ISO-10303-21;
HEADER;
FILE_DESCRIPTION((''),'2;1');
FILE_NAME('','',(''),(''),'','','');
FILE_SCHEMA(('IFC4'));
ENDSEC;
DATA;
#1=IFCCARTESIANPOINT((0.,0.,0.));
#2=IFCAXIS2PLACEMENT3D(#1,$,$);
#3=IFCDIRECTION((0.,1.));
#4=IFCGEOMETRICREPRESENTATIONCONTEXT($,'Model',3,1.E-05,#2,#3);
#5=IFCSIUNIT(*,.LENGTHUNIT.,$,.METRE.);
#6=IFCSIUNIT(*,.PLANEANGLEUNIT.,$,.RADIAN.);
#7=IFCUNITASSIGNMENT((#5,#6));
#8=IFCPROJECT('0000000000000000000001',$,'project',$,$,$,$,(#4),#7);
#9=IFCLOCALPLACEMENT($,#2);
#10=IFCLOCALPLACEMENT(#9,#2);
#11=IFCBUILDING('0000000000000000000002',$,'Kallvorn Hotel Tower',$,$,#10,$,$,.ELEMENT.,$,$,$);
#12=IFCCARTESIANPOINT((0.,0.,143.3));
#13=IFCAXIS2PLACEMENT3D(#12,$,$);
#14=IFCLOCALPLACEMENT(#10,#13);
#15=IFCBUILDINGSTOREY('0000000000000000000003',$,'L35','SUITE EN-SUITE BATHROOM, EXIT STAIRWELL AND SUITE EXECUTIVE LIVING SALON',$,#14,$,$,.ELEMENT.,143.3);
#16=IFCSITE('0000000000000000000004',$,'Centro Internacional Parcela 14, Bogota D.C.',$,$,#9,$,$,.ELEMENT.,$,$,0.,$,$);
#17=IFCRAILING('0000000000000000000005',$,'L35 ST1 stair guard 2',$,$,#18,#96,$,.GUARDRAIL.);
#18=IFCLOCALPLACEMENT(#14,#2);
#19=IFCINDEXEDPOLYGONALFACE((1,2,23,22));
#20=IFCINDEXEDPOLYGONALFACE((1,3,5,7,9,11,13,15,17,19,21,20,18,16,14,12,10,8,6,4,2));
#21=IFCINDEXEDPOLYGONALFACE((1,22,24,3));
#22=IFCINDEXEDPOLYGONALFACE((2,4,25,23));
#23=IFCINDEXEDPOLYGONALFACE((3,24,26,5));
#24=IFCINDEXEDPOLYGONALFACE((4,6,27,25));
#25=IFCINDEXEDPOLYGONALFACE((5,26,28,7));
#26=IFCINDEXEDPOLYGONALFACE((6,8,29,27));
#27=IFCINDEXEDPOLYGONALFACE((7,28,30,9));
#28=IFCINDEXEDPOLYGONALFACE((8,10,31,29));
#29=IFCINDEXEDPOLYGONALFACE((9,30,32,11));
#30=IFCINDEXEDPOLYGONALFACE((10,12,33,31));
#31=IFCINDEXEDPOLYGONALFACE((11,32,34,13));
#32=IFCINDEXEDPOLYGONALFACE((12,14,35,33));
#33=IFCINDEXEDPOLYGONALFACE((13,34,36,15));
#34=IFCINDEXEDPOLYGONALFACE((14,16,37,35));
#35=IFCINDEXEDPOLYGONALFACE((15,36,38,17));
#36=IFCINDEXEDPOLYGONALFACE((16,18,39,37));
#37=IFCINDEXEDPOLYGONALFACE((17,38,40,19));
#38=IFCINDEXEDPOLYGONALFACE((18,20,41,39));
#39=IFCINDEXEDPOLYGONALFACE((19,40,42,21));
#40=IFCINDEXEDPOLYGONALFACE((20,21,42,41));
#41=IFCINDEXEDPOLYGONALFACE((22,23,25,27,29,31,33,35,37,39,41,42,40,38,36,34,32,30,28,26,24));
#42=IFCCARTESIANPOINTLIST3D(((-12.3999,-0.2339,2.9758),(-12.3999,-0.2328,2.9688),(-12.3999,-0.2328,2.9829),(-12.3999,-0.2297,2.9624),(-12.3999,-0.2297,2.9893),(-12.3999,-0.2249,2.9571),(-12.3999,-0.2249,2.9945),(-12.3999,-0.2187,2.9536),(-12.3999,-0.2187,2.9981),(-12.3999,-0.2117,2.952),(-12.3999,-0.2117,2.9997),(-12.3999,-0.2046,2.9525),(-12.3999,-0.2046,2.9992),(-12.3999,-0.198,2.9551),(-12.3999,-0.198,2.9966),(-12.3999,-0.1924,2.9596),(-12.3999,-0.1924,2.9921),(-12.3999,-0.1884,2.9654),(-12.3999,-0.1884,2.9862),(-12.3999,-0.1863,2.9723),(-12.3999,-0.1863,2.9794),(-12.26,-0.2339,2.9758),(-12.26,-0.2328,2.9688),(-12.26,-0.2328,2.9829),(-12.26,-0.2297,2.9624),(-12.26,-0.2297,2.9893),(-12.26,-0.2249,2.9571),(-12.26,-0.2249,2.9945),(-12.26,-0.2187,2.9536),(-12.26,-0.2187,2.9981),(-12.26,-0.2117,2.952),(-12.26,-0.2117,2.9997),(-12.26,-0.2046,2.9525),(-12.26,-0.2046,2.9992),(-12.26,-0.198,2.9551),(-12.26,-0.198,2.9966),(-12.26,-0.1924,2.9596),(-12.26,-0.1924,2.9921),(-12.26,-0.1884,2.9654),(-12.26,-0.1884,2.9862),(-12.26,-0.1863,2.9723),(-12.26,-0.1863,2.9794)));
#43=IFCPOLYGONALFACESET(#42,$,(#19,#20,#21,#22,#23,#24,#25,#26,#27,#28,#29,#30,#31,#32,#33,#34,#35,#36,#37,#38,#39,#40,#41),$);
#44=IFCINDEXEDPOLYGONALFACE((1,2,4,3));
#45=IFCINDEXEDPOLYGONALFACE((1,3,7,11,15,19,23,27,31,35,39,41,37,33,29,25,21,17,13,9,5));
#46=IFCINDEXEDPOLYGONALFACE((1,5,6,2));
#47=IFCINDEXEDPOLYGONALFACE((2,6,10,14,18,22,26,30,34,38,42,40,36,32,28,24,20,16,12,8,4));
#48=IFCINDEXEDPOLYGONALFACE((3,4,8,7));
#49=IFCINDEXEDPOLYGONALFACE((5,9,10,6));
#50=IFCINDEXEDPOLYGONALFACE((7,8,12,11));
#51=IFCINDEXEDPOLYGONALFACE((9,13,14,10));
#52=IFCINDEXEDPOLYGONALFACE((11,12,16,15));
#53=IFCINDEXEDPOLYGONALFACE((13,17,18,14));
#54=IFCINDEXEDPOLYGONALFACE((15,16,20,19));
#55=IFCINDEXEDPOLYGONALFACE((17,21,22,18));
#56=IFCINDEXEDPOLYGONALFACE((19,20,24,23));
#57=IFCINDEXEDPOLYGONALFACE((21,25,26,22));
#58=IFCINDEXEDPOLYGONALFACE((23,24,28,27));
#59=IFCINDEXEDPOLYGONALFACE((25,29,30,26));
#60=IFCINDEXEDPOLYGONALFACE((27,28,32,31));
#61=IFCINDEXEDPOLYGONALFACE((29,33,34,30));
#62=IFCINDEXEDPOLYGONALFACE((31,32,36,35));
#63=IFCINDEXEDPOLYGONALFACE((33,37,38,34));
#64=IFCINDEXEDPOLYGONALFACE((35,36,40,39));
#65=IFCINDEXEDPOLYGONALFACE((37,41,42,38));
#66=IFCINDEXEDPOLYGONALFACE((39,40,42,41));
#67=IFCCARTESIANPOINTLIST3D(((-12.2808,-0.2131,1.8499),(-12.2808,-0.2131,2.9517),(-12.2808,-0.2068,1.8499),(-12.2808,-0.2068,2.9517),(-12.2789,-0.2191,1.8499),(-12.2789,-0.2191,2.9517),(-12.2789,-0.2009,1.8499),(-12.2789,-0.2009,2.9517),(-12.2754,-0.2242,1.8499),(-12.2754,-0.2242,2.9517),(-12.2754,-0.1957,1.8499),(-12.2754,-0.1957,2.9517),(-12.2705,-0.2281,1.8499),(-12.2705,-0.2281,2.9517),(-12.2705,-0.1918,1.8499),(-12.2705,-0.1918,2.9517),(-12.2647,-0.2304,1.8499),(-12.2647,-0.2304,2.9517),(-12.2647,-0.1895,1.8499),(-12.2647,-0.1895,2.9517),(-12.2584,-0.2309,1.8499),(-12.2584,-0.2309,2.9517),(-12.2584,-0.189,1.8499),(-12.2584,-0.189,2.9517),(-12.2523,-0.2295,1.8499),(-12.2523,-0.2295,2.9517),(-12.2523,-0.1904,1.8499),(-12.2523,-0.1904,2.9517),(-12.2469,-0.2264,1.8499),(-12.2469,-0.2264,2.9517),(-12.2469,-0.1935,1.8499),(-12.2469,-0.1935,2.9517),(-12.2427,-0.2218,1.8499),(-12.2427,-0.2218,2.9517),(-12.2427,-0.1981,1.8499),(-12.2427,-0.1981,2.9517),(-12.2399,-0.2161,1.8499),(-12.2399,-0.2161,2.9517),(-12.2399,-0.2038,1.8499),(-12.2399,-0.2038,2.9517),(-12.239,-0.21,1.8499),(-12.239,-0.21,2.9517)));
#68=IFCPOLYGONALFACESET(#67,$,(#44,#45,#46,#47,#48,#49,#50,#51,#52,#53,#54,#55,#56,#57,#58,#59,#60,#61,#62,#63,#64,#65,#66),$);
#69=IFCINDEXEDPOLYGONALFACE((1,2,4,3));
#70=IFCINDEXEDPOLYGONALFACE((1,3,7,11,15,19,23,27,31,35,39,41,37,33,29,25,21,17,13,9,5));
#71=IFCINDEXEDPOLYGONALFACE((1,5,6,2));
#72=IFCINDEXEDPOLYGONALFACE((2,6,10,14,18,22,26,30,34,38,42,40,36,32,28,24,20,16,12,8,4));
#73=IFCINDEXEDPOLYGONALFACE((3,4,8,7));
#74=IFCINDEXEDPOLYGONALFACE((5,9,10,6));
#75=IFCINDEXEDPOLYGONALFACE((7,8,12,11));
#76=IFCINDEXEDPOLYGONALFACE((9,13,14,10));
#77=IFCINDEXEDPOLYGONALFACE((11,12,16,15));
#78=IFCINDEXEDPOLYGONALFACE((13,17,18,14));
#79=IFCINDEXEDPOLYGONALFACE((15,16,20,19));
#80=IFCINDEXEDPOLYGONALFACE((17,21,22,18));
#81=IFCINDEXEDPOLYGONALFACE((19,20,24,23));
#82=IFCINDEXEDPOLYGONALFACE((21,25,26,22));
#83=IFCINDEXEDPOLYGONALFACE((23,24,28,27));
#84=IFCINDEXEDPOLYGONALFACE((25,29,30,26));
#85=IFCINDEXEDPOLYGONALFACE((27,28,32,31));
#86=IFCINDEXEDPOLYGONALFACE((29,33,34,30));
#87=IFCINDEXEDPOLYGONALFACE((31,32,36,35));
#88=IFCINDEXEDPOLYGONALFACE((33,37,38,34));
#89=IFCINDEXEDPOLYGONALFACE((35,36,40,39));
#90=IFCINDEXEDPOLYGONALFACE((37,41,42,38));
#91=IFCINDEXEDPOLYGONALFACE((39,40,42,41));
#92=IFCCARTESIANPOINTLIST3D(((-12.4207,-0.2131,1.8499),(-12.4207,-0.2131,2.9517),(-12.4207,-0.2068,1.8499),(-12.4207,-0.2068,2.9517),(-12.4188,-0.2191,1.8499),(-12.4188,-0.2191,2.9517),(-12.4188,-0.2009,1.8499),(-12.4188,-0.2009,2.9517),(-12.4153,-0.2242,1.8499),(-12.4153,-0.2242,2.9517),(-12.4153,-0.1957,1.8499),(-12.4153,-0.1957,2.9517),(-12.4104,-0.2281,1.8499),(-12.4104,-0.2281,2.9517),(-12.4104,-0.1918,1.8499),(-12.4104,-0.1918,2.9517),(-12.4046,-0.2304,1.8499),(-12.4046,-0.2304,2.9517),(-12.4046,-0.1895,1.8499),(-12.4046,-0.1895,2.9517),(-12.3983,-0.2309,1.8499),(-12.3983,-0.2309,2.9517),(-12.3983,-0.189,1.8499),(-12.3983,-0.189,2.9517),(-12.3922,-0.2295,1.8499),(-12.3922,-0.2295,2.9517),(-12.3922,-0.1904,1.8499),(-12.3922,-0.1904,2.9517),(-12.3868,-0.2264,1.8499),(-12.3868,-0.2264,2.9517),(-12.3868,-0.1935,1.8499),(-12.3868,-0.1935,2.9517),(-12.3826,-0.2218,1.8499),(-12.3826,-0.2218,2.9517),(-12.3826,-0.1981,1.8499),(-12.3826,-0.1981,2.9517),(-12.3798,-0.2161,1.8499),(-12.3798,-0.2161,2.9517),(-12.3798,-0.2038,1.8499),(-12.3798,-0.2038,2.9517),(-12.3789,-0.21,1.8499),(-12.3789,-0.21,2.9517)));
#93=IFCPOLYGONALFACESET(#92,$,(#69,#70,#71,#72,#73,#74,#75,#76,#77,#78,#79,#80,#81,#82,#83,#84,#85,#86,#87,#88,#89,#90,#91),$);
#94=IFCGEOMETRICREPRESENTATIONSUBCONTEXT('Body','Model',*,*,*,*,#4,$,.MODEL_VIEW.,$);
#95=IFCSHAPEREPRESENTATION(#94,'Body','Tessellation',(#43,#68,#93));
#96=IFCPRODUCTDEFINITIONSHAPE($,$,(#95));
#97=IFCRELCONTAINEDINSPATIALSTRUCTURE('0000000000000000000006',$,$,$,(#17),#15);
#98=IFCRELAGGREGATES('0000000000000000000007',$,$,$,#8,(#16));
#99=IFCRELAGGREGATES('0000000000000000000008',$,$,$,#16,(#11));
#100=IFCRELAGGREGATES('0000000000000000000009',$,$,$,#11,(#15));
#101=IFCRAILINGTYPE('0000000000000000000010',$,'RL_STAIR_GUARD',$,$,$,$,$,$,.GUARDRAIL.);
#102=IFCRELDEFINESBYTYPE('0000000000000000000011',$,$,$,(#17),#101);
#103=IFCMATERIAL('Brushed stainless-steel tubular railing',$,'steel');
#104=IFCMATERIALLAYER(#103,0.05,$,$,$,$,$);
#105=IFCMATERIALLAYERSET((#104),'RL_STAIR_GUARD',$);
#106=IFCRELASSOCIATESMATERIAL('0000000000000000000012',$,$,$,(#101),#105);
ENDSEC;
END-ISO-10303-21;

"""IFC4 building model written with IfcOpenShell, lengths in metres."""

from ifc_helpers import new_model, si_unit, direction, frame, origin, origin_2d, place, context, subcontext, project, spatial, circle, extrude, material, layer, layer_set, type_object, element, save


model = new_model("IFC4")

# Units and contexts
model_context = context("Model", 3, precision=1e-05, world=origin(), true_north=direction((0.0, 1.0)))
body_context = subcontext(model_context, "Body", "Model", "MODEL_VIEW")
ifc_project = project(units=[si_unit("LENGTHUNIT", "METRE"), si_unit("PLANEANGLEUNIT", "RADIAN")], contexts=[model_context])

# Site, building, storey
site_placement = place(None, origin())
site = spatial("IfcSite", under=ifc_project, at=site_placement, Name="Centro Internacional Parcela 14, Bogota D.C.", CompositionType="ELEMENT", RefElevation=0.0)
building_placement = place(site_placement, origin())
building = spatial("IfcBuilding", under=site, at=building_placement, Name="Kallvorn Hotel Tower", CompositionType="ELEMENT")
storey_placement = place(building_placement, frame((0.0, 0.0, 143.3)))
storey = spatial("IfcBuildingStorey", under=building, at=storey_placement, Name="L35", Description="SUITE EN-SUITE BATHROOM, EXIT STAIRWELL AND SUITE EXECUTIVE LIVING SALON", CompositionType="ELEMENT", Elevation=143.3)

# Railing
ifc_material_1 = material(Name="Brushed stainless-steel tubular railing", Category="steel")
ifc_layer_1 = layer(ifc_material_1, 0.05)
ifc_layer_set_1 = layer_set([ifc_layer_1], Name="RL_STAIR_GUARD")
railing_type_1 = type_object("IfcRailingType", Name="RL_STAIR_GUARD", PredefinedType="GUARDRAIL", material=ifc_layer_set_1)
railing_1_placement = place(storey_placement, frame((-12.26, -0.21, 1.8499)))
element("IfcRailing", 1, at=railing_1_placement, inside=storey, type_object=railing_type_1, Name="L35 ST1 stair guard 2", PredefinedType="GUARDRAIL", context=body_context, shape_type="SweptSolid", body=[
    extrude(circle(Radius=0.0239, at=origin_2d()), frame((0.0, 0.0, 1.126), z_axis=(-1.0, 0.0, 0.0), x_axis=(0.0, -1.0, 0.0)), (0.0, 0.0, 1.0), 0.1399),
    extrude(circle(Radius=0.021, at=origin_2d()), origin(), (0.0, 0.0, 1.0), 1.1018),
    extrude(circle(Radius=0.021, at=origin_2d()), frame((-0.1399, 0.0, 0.0)), (0.0, 0.0, 1.0), 1.1018),
])

save(model, "model.ifc")
